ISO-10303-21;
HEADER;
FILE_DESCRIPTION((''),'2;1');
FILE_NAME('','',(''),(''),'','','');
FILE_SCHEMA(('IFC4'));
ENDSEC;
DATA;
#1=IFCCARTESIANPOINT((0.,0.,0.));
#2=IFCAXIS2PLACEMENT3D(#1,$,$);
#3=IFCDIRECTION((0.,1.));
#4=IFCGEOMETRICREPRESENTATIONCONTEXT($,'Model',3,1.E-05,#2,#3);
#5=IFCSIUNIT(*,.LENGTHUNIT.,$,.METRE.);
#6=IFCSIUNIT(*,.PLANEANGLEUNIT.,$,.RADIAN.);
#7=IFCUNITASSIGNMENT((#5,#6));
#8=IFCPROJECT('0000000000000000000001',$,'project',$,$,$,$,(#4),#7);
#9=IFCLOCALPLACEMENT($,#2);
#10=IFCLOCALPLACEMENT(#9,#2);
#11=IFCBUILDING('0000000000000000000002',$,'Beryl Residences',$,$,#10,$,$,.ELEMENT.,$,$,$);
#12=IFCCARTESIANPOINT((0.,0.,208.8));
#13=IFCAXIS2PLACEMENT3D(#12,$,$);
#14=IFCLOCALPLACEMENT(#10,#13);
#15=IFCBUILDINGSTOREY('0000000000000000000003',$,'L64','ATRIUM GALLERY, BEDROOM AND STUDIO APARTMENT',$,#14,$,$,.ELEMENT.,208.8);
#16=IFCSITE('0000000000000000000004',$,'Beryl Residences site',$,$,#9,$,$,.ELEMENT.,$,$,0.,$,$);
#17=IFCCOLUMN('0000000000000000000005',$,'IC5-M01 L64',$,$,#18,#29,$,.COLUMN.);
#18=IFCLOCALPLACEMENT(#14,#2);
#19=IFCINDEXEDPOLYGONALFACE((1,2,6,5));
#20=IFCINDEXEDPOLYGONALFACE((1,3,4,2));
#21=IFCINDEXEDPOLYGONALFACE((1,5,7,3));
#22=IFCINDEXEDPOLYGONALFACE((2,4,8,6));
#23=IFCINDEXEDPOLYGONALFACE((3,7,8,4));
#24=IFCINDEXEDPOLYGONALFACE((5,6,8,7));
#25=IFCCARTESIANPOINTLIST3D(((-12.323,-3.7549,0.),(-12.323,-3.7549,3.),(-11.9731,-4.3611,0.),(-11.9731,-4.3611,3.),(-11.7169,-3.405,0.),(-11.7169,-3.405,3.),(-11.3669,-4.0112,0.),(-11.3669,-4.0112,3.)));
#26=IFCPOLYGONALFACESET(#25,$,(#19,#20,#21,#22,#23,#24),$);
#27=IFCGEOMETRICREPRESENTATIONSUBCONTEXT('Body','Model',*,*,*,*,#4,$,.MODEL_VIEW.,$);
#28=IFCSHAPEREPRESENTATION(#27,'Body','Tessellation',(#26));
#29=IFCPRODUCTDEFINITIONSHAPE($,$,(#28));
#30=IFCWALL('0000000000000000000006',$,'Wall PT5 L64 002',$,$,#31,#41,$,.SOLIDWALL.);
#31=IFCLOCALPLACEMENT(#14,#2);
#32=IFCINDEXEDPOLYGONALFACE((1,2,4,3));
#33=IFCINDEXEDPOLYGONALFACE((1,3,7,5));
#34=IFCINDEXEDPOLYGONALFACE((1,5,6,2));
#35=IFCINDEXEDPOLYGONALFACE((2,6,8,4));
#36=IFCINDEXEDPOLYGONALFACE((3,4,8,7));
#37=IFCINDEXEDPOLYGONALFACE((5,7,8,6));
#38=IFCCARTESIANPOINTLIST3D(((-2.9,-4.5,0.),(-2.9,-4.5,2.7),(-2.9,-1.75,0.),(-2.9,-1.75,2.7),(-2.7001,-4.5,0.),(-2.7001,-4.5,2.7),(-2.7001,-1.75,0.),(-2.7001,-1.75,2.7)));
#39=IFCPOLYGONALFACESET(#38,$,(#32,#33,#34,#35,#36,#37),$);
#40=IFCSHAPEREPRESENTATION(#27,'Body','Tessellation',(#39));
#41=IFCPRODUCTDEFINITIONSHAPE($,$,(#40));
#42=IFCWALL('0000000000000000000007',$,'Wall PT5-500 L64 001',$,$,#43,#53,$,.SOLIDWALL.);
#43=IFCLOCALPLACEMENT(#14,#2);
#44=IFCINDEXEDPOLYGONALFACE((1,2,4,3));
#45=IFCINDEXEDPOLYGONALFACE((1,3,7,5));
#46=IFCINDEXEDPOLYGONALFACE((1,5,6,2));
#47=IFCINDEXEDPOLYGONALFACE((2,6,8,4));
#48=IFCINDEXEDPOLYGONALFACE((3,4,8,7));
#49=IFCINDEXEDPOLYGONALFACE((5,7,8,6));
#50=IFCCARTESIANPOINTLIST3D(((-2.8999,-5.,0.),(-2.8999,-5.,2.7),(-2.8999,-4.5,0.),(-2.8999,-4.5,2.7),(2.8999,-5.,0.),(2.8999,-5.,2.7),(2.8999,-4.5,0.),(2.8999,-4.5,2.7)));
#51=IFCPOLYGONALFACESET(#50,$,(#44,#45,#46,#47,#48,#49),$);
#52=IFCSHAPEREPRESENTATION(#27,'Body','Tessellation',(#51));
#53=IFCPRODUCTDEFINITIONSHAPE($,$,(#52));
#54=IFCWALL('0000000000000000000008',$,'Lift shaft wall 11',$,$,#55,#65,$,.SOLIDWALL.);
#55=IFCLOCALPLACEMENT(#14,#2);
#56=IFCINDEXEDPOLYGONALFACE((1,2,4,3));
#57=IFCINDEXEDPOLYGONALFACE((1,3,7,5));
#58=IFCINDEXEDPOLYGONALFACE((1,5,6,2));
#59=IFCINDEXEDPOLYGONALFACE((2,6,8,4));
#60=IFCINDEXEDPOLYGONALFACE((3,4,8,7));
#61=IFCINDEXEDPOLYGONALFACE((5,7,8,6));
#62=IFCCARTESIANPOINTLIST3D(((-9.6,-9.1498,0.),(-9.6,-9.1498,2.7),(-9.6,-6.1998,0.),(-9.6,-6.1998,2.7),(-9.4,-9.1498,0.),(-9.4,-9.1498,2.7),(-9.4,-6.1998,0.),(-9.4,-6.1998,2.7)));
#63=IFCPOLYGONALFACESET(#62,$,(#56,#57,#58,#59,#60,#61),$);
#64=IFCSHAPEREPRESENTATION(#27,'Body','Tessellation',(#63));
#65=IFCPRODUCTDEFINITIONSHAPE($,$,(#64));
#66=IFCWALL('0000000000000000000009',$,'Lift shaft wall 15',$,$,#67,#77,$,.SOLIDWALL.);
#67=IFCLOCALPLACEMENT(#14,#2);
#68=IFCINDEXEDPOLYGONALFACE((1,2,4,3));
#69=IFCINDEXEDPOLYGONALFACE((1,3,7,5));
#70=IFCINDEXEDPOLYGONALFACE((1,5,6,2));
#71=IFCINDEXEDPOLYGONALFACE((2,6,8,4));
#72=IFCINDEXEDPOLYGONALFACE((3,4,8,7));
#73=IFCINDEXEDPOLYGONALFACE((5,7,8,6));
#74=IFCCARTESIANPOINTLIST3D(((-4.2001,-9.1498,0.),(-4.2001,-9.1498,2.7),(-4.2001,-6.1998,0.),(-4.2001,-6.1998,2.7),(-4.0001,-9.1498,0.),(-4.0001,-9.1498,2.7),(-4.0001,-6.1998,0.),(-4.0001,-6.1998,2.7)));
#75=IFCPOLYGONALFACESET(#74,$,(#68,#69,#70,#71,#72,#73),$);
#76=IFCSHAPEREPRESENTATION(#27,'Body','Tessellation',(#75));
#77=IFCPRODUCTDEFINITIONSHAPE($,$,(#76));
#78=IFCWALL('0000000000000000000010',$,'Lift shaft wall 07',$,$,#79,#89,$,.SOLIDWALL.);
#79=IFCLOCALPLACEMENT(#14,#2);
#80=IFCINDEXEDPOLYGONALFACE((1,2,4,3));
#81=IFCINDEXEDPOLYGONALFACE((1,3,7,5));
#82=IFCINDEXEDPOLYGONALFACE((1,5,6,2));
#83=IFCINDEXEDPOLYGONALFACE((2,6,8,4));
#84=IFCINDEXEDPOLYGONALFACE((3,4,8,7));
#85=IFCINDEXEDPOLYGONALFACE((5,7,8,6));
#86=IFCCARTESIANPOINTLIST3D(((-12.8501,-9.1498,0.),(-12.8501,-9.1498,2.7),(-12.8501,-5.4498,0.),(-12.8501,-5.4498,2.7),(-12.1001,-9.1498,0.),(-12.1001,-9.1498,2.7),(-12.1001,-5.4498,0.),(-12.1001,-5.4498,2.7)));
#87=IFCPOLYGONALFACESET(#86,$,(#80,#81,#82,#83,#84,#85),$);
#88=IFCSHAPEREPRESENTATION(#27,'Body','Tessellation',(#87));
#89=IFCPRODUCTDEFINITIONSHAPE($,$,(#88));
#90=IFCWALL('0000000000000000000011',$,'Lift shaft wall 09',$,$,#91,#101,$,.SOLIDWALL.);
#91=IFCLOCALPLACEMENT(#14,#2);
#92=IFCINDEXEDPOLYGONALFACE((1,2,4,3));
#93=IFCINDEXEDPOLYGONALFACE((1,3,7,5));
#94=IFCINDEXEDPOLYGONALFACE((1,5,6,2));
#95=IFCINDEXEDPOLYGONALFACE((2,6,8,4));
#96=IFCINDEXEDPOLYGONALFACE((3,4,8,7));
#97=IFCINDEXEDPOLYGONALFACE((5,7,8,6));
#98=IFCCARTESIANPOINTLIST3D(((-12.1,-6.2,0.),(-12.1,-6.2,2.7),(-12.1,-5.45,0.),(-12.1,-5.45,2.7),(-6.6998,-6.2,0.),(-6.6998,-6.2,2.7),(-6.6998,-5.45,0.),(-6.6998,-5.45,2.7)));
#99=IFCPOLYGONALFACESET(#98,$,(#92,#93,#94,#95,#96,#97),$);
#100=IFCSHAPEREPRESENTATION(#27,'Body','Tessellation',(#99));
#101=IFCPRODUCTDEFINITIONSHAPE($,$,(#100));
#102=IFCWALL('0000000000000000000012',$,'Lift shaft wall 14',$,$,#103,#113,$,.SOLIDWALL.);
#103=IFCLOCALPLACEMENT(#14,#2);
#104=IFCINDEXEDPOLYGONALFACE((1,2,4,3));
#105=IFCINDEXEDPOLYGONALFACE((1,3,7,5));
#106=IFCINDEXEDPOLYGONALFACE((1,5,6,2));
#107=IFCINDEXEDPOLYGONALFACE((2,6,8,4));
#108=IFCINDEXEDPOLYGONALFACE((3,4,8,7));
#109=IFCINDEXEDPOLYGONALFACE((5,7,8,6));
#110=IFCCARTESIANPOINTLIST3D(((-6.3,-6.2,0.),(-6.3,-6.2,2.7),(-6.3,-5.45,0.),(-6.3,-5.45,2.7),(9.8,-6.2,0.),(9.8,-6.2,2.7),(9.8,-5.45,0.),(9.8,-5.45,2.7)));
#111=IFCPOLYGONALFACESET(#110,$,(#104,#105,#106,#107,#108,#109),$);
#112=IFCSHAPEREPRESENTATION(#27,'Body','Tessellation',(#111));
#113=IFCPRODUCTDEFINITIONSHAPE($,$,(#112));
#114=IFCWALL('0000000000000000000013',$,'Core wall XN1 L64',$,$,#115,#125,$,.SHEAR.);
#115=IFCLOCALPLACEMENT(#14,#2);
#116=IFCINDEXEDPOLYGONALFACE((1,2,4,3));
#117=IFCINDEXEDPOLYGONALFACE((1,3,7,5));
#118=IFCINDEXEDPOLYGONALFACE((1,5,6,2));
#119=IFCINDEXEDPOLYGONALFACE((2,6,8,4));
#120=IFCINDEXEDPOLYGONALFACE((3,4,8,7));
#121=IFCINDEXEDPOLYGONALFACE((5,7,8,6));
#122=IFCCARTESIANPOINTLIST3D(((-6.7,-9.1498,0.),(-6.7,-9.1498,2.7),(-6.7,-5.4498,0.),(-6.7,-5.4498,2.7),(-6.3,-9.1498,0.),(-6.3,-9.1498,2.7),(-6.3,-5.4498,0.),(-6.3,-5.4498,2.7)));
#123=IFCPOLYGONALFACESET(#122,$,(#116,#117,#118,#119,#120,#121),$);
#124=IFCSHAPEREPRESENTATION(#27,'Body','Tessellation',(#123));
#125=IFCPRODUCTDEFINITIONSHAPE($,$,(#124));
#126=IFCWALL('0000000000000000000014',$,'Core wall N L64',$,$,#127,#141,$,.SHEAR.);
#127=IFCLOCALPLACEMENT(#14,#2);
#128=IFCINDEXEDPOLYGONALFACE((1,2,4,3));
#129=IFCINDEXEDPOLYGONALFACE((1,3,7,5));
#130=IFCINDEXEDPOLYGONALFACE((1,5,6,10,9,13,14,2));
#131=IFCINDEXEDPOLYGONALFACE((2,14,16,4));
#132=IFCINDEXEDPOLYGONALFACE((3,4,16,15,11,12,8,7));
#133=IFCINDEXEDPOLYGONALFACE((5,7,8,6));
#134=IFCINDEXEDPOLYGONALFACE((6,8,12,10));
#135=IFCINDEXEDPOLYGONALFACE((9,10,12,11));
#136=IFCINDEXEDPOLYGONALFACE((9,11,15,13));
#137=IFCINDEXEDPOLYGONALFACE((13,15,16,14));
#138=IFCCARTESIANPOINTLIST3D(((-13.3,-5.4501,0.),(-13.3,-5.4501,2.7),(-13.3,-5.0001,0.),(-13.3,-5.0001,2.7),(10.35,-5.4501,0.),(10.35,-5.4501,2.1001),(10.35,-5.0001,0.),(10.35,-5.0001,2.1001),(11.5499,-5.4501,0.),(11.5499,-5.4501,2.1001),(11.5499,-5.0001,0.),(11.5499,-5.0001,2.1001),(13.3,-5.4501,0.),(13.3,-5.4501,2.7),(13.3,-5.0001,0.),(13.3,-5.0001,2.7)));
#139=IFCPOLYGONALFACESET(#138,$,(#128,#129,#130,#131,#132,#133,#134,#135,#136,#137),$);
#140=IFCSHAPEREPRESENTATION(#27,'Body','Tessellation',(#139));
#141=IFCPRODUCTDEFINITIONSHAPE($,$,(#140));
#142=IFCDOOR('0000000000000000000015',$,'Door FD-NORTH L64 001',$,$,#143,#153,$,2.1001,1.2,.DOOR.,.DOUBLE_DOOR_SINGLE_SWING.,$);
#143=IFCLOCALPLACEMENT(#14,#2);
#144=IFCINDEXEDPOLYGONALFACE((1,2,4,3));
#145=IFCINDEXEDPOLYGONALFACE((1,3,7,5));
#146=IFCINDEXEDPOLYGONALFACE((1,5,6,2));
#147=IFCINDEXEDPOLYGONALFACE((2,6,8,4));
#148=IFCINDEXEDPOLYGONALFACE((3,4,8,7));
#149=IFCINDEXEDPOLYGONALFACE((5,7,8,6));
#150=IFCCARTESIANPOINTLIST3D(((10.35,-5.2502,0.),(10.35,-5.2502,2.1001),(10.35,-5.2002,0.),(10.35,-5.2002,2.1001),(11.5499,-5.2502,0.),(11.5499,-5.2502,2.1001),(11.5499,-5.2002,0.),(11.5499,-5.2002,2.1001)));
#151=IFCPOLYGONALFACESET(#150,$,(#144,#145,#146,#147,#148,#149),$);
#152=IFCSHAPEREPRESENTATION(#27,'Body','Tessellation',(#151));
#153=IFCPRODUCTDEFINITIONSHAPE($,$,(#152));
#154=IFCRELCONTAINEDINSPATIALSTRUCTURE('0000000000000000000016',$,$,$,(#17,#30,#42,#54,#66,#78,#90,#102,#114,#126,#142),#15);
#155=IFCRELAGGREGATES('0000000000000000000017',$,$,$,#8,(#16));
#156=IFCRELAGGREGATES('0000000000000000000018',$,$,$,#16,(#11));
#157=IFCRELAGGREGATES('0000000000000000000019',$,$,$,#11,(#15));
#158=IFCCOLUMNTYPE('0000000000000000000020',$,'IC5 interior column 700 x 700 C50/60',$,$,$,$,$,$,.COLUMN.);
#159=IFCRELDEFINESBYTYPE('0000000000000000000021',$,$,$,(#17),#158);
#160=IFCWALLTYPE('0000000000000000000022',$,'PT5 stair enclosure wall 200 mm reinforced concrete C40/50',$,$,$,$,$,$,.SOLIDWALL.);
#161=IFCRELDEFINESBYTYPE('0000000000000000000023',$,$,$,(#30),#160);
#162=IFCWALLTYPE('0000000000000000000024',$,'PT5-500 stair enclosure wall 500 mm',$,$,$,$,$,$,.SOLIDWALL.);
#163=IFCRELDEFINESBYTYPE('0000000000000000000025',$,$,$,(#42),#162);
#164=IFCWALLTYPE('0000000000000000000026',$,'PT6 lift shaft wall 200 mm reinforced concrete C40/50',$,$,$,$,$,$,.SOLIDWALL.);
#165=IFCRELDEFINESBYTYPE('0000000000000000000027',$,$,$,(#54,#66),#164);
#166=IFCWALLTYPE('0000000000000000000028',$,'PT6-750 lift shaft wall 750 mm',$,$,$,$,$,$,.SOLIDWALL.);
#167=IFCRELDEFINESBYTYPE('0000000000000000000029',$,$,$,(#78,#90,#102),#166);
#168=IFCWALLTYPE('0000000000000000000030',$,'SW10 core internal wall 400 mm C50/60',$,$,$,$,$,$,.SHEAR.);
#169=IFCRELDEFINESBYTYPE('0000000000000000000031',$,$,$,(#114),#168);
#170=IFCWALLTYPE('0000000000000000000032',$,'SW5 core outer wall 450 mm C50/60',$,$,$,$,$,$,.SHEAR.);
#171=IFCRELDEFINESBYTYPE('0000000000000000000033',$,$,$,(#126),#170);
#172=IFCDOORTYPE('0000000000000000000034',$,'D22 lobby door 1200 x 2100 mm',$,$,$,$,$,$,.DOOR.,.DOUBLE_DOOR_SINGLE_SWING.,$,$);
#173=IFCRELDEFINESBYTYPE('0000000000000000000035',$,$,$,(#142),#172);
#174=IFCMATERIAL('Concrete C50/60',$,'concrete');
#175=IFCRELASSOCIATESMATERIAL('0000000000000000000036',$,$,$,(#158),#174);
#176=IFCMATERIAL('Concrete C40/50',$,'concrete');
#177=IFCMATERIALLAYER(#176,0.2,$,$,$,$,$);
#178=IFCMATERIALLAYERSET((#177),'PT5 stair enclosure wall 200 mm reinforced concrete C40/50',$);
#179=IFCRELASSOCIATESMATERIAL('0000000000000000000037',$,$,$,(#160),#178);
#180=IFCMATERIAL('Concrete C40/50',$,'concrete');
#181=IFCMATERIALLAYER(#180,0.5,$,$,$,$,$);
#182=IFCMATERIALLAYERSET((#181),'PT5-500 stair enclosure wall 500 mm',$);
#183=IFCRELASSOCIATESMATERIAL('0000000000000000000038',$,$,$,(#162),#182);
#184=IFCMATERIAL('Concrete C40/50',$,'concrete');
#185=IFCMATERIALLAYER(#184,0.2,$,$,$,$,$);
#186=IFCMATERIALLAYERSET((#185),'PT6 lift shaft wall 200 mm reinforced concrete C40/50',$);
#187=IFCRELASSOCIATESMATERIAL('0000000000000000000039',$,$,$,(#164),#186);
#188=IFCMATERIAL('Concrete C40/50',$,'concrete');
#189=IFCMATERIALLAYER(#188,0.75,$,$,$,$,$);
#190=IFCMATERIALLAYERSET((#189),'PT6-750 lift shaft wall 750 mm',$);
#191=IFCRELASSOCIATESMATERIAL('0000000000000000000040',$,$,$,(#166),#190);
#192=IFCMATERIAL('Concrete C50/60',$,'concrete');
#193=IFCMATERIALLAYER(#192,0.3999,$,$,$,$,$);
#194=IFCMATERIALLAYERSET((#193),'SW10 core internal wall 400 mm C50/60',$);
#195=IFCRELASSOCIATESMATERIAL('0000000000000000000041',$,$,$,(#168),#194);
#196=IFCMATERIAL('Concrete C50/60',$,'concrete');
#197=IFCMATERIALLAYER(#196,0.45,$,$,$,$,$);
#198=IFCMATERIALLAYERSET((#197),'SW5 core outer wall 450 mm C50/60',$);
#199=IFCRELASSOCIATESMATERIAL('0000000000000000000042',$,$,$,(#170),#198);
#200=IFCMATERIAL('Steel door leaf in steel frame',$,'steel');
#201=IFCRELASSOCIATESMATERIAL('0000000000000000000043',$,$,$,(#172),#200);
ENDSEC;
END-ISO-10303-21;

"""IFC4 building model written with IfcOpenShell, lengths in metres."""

from ifc_helpers import new_model, si_unit, direction, frame, frame_2d, origin, origin_2d, place, context, subcontext, project, spatial, rectangle, extrude, material, layer, layer_set, material_profile, profile_set, type_object, element, fill, save


model = new_model("IFC4")

# Units and contexts
model_context = context("Model", 3, precision=1e-05, world=origin(), true_north=direction((0.0, 1.0)))
body_context = subcontext(model_context, "Body", "Model", "MODEL_VIEW")
ifc_project = project(units=[si_unit("LENGTHUNIT", "METRE"), si_unit("PLANEANGLEUNIT", "RADIAN")], contexts=[model_context])

# Site, building, storey
site_placement = place(None, origin())
site = spatial("IfcSite", under=ifc_project, at=site_placement, Name="Beryl Residences site", CompositionType="ELEMENT", RefElevation=0.0)
building_placement = place(site_placement, origin())
building = spatial("IfcBuilding", under=site, at=building_placement, Name="Beryl Residences", CompositionType="ELEMENT")
storey_placement = place(building_placement, frame((0.0, 0.0, 208.8)))
storey = spatial("IfcBuildingStorey", under=building, at=storey_placement, Name="L64", Description="ATRIUM GALLERY, BEDROOM AND STUDIO APARTMENT", CompositionType="ELEMENT", Elevation=208.8)

# Column
ifc_material_1 = material(Name="Concrete C50/60", Category="concrete")
ifc_material_profile = material_profile(ifc_material_1, rectangle(XDim=0.7, YDim=0.7, at=origin_2d()))
ifc_profile_set = profile_set([ifc_material_profile], Name="Concrete C50/60")
column_type = type_object("IfcColumnType", Name="IC5 interior column 700 x 700 C50/60", PredefinedType="COLUMN", material=ifc_profile_set)
column_placement = place(storey_placement, frame((-11.845, -3.8831, 0.0), z_axis=(0.0, 0.0, 1.0), x_axis=(0.499985, -0.866034, 0.0)))
element("IfcColumn", 1, at=column_placement, inside=storey, type_object=column_type, Name="IC5-M01 L64", PredefinedType="COLUMN", context=body_context, shape_type="SweptSolid", body=[
    extrude(rectangle(XDim=0.7, YDim=0.7, at=origin_2d()), origin(), (0.0, 0.0, 1.0), 3.0),
])

# Walls
ifc_material_2 = material(Name="Concrete C40/50", Category="concrete")
ifc_layer_1 = layer(ifc_material_2, 0.2)
ifc_layer_set_1 = layer_set([ifc_layer_1], Name="PT5 stair enclosure wall 200 mm reinforced concrete C40/50")
wall_type_1 = type_object("IfcWallType", Name="PT5 stair enclosure wall 200 mm reinforced concrete C40/50", PredefinedType="SOLIDWALL", material=ifc_layer_set_1)
wall_1_placement = place(storey_placement, frame((-2.8, -4.5, 0.0), z_axis=(0.0, 0.0, 1.0), x_axis=(0.0, 1.0, 0.0)))
element("IfcWall", 2, at=wall_1_placement, inside=storey, type_object=wall_type_1, Name="Wall PT5 L64 002", PredefinedType="SOLIDWALL", context=body_context, shape_type="SweptSolid", body=[
    extrude(rectangle(XDim=2.75, YDim=0.2, at=frame_2d((1.375, 0.0))), origin(), (0.0, 0.0, 1.0), 2.7),
])
ifc_material_3 = material(Name="Concrete C40/50", Category="concrete")
ifc_layer_2 = layer(ifc_material_3, 0.5)
ifc_layer_set_2 = layer_set([ifc_layer_2], Name="PT5-500 stair enclosure wall 500 mm")
wall_type_2 = type_object("IfcWallType", Name="PT5-500 stair enclosure wall 500 mm", PredefinedType="SOLIDWALL", material=ifc_layer_set_2)
wall_2_placement = place(storey_placement, frame((-2.8999, -4.75, 0.0), z_axis=(0.0, 0.0, 1.0), x_axis=(1.0, 0.0, 0.0)))
element("IfcWall", 3, at=wall_2_placement, inside=storey, type_object=wall_type_2, Name="Wall PT5-500 L64 001", PredefinedType="SOLIDWALL", context=body_context, shape_type="SweptSolid", body=[
    extrude(rectangle(XDim=5.7998, YDim=0.5, at=frame_2d((2.8999, 0.0))), origin(), (0.0, 0.0, 1.0), 2.7),
])
ifc_material_4 = material(Name="Concrete C40/50", Category="concrete")
ifc_layer_3 = layer(ifc_material_4, 0.2)
ifc_layer_set_3 = layer_set([ifc_layer_3], Name="PT6 lift shaft wall 200 mm reinforced concrete C40/50")
wall_type_3 = type_object("IfcWallType", Name="PT6 lift shaft wall 200 mm reinforced concrete C40/50", PredefinedType="SOLIDWALL", material=ifc_layer_set_3)
for number, where, z_axis, x_axis, name in (
    (4, (-9.5, -9.1499, 0.0), (0.0, 0.0, 1.0), (0.0, 1.0, 0.0), "Lift shaft wall 11"),
    (5, (-4.1001, -9.1499, 0.0), (0.0, 0.0, 1.0), (0.0, 1.0, 0.0), "Lift shaft wall 15"),
):
    element("IfcWall", number, at=place(storey_placement, frame(where, z_axis=z_axis, x_axis=x_axis)), inside=storey, type_object=wall_type_3, Name=name, PredefinedType="SOLIDWALL", context=body_context, shape_type="SweptSolid", body=[
        extrude(rectangle(XDim=2.95, YDim=0.2, at=frame_2d((1.4751, 0.0))), origin(), (0.0, 0.0, 1.0), 2.7),
    ])
ifc_material_5 = material(Name="Concrete C40/50", Category="concrete")
ifc_layer_4 = layer(ifc_material_5, 0.75)
ifc_layer_set_4 = layer_set([ifc_layer_4], Name="PT6-750 lift shaft wall 750 mm")
wall_type_4 = type_object("IfcWallType", Name="PT6-750 lift shaft wall 750 mm", PredefinedType="SOLIDWALL", material=ifc_layer_set_4)
wall_3_placement = place(storey_placement, frame((-12.4751, -9.1499, 0.0), z_axis=(0.0, 0.0, 1.0), x_axis=(0.0, 1.0, 0.0)))
element("IfcWall", 6, at=wall_3_placement, inside=storey, type_object=wall_type_4, Name="Lift shaft wall 07", PredefinedType="SOLIDWALL", context=body_context, shape_type="SweptSolid", body=[
    extrude(rectangle(XDim=3.7, YDim=0.75, at=frame_2d((1.8501, 0.0))), origin(), (0.0, 0.0, 1.0), 2.7),
])
wall_4_placement = place(storey_placement, frame((-12.1001, -5.825, 0.0), z_axis=(0.0, 0.0, 1.0), x_axis=(1.0, 0.0, 0.0)))
element("IfcWall", 7, at=wall_4_placement, inside=storey, type_object=wall_type_4, Name="Lift shaft wall 09", PredefinedType="SOLIDWALL", context=body_context, shape_type="SweptSolid", body=[
    extrude(rectangle(XDim=5.4001, YDim=0.75, at=frame_2d((2.7002, 0.0))), origin(), (0.0, 0.0, 1.0), 2.7),
])
wall_5_placement = place(storey_placement, frame((-6.3, -5.825, 0.0), z_axis=(0.0, 0.0, 1.0), x_axis=(1.0, 0.0, 0.0)))
element("IfcWall", 8, at=wall_5_placement, inside=storey, type_object=wall_type_4, Name="Lift shaft wall 14", PredefinedType="SOLIDWALL", context=body_context, shape_type="SweptSolid", body=[
    extrude(rectangle(XDim=16.1001, YDim=0.75, at=frame_2d((8.05, 0.0))), origin(), (0.0, 0.0, 1.0), 2.7),
])
ifc_material_6 = material(Name="Concrete C50/60", Category="concrete")
ifc_layer_5 = layer(ifc_material_6, 0.3999)
ifc_layer_set_5 = layer_set([ifc_layer_5], Name="SW10 core internal wall 400 mm C50/60")
wall_type_5 = type_object("IfcWallType", Name="SW10 core internal wall 400 mm C50/60", PredefinedType="SHEAR", material=ifc_layer_set_5)
wall_6_placement = place(storey_placement, frame((-6.5, -9.1499, 0.0), z_axis=(0.0, 0.0, 1.0), x_axis=(0.0, 1.0, 0.0)))
element("IfcWall", 9, at=wall_6_placement, inside=storey, type_object=wall_type_5, Name="Core wall XN1 L64", PredefinedType="SHEAR", context=body_context, shape_type="SweptSolid", body=[
    extrude(rectangle(XDim=3.7, YDim=0.3999, at=frame_2d((1.8501, 0.0))), origin(), (0.0, 0.0, 1.0), 2.7),
])

# Wall, opening, door
ifc_material_7 = material(Name="Concrete C50/60", Category="concrete")
ifc_layer_6 = layer(ifc_material_7, 0.45)
ifc_layer_set_6 = layer_set([ifc_layer_6], Name="SW5 core outer wall 450 mm C50/60")
wall_type_6 = type_object("IfcWallType", Name="SW5 core outer wall 450 mm C50/60", PredefinedType="SHEAR", material=ifc_layer_set_6)
wall_7_placement = place(storey_placement, frame((-13.3, -5.2251, 0.0), z_axis=(0.0, 0.0, 1.0), x_axis=(1.0, 0.0, 0.0)))
wall_7 = element("IfcWall", 10, at=wall_7_placement, inside=storey, type_object=wall_type_6, Name="Core wall N L64", PredefinedType="SHEAR", context=body_context, shape_type="SweptSolid", body=[
    extrude(rectangle(XDim=26.6001, YDim=0.45, at=frame_2d((13.3, 0.0))), origin(), (0.0, 0.0, 1.0), 2.7),
])
opening_placement = place(wall_7_placement, frame((23.6499, 0.0, 0.0)))
opening = element("IfcOpeningElement", 11, at=opening_placement, cuts=wall_7, PredefinedType="OPENING", context=body_context, shape_type="SweptSolid", body=[
    extrude(rectangle(XDim=1.2, YDim=2.1001, at=frame_2d((0.6001, 1.05))), frame((0.0, 0.2349, 0.0), z_axis=(0.0, -1.0, 0.0), x_axis=(1.0, 0.0, 0.0)), (0.0, 0.0, 1.0), 0.47),
])
ifc_material_8 = material(Name="Steel door leaf in steel frame", Category="steel")
door_type = type_object("IfcDoorType", Name="D22 lobby door 1200 x 2100 mm", OperationType="DOUBLE_DOOR_SINGLE_SWING", PredefinedType="DOOR", material=ifc_material_8)
door_placement = place(opening_placement, origin())
door = element("IfcDoor", 12, at=door_placement, inside=storey, type_object=door_type, Name="Door FD-NORTH L64 001", OperationType="DOUBLE_DOOR_SINGLE_SWING", OverallHeight=2.1001, OverallWidth=1.2, PredefinedType="DOOR", context=body_context, shape_type="SweptSolid", body=[
    extrude(rectangle(XDim=1.2, YDim=2.1001, at=frame_2d((0.6001, 1.05))), frame((0.0, 0.0249, 0.0), z_axis=(0.0, -1.0, 0.0), x_axis=(1.0, 0.0, 0.0)), (0.0, 0.0, 1.0), 0.05),
])
fill(opening, door)

save(model, "model.ifc")
